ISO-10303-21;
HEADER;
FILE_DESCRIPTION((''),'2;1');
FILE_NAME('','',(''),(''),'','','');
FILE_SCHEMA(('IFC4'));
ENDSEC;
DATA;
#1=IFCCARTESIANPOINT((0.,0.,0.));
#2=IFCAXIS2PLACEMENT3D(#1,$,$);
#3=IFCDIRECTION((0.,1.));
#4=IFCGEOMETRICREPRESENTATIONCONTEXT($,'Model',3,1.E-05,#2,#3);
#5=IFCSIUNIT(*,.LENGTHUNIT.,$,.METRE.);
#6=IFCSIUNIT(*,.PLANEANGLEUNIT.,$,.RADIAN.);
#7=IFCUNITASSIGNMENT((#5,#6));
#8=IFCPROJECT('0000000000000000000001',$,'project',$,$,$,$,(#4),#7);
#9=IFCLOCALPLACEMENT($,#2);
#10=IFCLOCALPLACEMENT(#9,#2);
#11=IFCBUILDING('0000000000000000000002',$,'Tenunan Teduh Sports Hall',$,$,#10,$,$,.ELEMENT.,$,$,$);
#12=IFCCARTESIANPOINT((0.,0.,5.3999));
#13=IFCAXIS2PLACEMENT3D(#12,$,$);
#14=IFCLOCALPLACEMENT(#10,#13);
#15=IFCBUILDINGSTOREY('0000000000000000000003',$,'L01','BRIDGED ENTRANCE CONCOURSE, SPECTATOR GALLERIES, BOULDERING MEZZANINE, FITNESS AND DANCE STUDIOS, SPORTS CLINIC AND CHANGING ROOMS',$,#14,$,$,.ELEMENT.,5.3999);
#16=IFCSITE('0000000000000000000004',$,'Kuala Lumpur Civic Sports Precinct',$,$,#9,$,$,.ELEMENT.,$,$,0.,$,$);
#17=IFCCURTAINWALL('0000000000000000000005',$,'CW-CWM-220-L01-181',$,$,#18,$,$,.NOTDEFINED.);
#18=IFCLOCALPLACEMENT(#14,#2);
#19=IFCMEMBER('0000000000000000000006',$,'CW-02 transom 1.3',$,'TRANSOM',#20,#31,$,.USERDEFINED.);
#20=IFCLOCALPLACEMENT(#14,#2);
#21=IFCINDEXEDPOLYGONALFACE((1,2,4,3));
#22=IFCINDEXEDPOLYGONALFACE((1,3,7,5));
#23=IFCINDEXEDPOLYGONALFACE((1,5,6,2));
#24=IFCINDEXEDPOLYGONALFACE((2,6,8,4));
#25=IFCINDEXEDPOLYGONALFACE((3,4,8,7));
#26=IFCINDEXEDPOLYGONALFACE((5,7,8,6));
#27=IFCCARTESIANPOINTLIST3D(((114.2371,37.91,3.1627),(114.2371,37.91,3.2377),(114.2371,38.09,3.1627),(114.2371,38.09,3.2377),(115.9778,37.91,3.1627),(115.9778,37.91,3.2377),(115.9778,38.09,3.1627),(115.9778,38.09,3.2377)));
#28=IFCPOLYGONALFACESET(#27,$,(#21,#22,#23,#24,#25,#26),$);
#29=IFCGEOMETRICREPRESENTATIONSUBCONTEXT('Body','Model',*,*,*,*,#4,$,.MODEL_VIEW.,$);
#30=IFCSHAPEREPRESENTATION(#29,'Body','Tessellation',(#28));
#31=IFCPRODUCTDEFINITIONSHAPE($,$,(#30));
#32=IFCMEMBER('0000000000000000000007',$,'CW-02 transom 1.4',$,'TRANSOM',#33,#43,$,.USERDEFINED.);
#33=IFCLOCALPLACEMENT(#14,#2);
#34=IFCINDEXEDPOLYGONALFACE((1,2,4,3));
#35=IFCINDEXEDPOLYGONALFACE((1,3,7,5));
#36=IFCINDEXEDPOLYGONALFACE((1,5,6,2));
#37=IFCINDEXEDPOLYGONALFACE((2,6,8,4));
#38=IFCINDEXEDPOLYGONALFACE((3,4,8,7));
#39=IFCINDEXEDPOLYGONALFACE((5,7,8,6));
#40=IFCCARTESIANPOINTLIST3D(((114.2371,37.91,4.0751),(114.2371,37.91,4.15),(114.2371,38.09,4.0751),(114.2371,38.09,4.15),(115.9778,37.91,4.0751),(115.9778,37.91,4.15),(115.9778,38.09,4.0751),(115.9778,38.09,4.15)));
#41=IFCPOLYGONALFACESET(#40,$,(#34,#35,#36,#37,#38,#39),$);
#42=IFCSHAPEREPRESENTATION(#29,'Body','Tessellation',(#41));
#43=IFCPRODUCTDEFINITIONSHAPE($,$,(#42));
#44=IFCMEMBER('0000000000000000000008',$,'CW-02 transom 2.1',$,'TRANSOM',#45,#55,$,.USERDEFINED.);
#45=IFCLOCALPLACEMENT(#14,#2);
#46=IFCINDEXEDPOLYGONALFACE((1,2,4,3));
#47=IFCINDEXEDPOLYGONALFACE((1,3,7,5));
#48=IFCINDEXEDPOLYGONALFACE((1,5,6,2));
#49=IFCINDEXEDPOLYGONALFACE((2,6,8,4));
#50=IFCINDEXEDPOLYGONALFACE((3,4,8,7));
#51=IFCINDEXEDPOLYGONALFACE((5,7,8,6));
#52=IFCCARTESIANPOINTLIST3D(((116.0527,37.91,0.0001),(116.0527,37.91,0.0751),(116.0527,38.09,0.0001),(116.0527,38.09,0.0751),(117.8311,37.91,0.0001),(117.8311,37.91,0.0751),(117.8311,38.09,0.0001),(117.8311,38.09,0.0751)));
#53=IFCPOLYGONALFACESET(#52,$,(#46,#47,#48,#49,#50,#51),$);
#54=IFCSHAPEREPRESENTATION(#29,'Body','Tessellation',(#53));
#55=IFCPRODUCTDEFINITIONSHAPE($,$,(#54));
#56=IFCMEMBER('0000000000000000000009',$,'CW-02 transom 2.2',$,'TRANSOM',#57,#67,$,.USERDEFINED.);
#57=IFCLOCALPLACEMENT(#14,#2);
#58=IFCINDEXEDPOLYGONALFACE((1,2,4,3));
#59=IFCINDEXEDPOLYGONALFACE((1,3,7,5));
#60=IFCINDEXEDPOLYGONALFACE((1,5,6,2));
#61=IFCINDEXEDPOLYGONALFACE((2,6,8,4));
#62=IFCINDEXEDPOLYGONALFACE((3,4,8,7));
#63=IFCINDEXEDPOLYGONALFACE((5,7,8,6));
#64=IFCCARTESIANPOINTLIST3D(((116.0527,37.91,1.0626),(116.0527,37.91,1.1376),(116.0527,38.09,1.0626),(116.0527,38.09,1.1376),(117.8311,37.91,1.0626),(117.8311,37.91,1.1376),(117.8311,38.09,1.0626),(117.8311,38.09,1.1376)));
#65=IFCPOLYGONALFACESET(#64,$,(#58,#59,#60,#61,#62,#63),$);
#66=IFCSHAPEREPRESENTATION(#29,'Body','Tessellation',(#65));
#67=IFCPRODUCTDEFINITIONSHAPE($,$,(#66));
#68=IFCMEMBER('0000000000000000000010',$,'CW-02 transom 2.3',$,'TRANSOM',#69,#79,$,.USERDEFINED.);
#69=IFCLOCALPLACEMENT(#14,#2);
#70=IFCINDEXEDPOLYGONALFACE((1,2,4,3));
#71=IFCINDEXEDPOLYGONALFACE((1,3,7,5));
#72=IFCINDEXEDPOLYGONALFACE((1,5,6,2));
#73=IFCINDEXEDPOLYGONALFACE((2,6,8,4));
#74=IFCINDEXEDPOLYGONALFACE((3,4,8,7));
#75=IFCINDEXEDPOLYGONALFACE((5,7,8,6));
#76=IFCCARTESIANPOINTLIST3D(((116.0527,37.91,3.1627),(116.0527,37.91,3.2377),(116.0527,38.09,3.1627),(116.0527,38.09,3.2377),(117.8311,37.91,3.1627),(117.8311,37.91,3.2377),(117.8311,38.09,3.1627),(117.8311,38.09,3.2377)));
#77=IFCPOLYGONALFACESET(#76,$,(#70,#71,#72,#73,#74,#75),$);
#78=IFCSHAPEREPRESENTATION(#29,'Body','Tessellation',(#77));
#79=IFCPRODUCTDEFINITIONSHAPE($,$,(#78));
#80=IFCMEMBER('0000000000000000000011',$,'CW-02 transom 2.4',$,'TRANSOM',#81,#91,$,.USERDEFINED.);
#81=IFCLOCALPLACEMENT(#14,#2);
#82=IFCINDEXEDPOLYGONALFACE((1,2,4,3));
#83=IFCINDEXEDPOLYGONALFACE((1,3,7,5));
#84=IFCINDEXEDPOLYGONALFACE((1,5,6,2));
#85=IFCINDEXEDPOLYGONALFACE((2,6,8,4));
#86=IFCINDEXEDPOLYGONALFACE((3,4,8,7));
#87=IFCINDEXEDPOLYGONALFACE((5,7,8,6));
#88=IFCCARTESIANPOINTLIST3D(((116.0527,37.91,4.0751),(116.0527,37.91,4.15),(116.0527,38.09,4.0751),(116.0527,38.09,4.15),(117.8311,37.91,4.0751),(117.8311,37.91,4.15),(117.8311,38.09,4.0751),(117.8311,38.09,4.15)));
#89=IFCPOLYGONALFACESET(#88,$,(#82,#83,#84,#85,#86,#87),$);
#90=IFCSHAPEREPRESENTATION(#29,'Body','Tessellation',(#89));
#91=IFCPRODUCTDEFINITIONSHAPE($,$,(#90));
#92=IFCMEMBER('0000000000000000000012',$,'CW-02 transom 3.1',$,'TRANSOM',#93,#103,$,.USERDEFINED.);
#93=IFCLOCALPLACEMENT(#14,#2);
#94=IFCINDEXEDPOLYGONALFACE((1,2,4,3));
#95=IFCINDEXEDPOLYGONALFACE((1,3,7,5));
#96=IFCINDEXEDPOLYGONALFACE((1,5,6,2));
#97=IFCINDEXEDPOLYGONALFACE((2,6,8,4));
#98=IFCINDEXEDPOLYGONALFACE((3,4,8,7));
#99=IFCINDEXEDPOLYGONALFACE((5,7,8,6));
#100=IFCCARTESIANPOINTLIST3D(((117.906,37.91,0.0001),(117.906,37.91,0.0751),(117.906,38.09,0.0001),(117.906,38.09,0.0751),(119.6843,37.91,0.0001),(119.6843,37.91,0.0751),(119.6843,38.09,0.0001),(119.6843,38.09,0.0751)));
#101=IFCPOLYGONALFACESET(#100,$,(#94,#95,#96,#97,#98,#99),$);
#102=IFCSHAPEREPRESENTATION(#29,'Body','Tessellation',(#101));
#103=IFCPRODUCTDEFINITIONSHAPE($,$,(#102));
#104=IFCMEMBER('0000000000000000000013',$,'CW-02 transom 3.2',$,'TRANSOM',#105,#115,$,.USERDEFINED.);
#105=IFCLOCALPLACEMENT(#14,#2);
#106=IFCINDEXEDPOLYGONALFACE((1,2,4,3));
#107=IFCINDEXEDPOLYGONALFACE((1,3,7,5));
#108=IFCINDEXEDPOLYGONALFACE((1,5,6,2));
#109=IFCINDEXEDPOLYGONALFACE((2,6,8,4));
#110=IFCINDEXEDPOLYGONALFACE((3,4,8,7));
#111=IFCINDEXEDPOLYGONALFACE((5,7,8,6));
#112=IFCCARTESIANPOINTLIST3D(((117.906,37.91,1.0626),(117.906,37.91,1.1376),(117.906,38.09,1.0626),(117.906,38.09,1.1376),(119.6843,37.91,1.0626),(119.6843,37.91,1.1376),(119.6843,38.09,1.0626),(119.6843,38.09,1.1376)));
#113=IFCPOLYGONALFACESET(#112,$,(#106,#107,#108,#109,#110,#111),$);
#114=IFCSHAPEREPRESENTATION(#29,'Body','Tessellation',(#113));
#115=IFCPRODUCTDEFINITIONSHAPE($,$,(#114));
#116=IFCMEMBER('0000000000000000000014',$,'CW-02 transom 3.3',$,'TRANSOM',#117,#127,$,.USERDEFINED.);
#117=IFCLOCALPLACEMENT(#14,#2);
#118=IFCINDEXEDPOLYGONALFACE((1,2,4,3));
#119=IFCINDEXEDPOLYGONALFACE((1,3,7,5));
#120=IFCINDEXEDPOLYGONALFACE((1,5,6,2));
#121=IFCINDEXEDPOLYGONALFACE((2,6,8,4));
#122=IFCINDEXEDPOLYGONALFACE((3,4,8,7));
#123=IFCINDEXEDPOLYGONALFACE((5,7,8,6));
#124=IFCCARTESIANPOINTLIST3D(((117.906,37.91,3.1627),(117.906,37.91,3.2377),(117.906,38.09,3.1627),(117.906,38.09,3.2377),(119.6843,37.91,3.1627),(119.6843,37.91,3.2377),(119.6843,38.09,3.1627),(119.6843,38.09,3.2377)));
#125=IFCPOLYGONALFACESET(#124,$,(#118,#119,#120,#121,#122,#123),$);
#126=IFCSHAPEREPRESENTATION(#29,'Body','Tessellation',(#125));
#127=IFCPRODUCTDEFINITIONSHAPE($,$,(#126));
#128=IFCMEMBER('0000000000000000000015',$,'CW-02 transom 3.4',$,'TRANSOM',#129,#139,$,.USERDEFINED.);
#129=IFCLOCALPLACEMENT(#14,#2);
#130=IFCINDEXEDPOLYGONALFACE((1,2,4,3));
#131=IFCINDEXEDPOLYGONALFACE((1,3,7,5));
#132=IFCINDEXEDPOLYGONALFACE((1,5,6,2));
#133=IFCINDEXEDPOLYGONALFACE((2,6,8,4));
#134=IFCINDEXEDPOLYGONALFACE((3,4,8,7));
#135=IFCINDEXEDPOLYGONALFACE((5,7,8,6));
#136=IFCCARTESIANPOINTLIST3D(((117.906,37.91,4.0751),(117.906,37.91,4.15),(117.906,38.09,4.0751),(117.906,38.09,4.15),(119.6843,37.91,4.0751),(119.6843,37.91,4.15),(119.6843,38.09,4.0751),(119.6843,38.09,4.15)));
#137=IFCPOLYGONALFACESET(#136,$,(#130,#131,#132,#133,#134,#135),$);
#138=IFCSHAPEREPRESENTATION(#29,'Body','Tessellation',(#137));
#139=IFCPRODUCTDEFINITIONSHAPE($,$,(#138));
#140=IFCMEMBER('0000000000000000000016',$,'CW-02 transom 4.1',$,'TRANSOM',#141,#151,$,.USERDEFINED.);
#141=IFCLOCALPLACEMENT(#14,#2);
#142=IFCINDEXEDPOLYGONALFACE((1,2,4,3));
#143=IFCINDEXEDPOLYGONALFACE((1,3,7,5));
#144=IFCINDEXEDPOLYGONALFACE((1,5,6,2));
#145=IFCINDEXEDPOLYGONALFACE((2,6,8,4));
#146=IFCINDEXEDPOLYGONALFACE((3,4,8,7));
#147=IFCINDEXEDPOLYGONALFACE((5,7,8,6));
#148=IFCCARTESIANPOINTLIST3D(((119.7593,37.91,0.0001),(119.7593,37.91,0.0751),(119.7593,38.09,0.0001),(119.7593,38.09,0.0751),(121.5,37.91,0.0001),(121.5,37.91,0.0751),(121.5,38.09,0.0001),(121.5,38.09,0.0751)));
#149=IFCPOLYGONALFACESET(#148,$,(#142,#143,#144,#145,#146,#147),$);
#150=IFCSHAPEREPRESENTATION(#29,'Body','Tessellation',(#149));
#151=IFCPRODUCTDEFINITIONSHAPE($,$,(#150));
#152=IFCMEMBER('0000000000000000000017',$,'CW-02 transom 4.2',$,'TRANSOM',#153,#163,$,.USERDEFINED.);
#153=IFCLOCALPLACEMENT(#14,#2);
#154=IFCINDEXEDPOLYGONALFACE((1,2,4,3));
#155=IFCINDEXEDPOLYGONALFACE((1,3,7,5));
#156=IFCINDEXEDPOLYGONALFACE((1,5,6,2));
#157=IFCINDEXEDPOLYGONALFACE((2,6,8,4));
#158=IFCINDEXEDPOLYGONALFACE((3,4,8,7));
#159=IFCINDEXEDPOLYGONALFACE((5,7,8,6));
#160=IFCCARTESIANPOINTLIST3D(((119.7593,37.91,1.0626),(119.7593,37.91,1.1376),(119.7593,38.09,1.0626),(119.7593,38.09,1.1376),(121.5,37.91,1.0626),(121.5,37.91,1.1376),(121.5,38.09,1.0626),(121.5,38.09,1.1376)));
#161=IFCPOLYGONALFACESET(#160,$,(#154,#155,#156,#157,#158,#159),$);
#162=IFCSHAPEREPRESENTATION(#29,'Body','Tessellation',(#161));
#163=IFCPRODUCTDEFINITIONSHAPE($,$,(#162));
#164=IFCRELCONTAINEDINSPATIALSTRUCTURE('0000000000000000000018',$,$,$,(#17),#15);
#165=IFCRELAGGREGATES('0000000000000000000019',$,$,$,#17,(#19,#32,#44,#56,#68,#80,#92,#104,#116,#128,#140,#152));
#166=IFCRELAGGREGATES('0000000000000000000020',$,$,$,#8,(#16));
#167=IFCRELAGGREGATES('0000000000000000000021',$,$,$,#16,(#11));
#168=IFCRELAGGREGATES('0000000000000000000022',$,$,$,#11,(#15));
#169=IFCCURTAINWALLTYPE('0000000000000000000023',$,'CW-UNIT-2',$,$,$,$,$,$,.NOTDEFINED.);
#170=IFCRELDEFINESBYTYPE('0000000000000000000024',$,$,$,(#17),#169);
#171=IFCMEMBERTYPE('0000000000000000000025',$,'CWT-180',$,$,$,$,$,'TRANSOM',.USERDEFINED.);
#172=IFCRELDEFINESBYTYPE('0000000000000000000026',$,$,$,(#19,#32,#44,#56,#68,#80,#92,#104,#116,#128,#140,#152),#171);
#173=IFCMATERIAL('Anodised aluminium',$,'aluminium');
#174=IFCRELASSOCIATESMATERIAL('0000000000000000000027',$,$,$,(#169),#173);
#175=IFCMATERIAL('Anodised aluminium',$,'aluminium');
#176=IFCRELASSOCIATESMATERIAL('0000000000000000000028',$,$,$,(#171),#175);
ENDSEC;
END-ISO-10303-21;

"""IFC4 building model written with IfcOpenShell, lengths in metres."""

from ifc_helpers import new_model, si_unit, direction, frame, origin, origin_2d, place, context, subcontext, project, spatial, rectangle, extrude, material, material_profile, profile_set, type_object, element, aggregate, save


model = new_model("IFC4")

# Units and contexts
model_context = context("Model", 3, precision=1e-05, world=origin(), true_north=direction((0.0, 1.0)))
body_context = subcontext(model_context, "Body", "Model", "MODEL_VIEW")
ifc_project = project(units=[si_unit("LENGTHUNIT", "METRE"), si_unit("PLANEANGLEUNIT", "RADIAN")], contexts=[model_context])

# Site, building, storey
site_placement = place(None, origin())
site = spatial("IfcSite", under=ifc_project, at=site_placement, Name="Kuala Lumpur Civic Sports Precinct", CompositionType="ELEMENT", RefElevation=0.0)
building_placement = place(site_placement, origin())
building = spatial("IfcBuilding", under=site, at=building_placement, Name="Tenunan Teduh Sports Hall", CompositionType="ELEMENT")
storey_placement = place(building_placement, frame((0.0, 0.0, 5.3999)))
storey = spatial("IfcBuildingStorey", under=building, at=storey_placement, Name="L01", Description="BRIDGED ENTRANCE CONCOURSE, SPECTATOR GALLERIES, BOULDERING MEZZANINE, FITNESS AND DANCE STUDIOS, SPORTS CLINIC AND CHANGING ROOMS", CompositionType="ELEMENT", Elevation=5.3999)

# Shared definitions
ifc_material_1 = material(Name="Anodised aluminium", Category="aluminium")
curtain_wall_type = type_object("IfcCurtainWallType", Name="CW-UNIT-2", PredefinedType="NOTDEFINED", material=ifc_material_1)

# Curtain wall, members
curtain_wall_1_placement = place(storey_placement, origin())
curtain_wall_1 = element("IfcCurtainWall", 1, at=curtain_wall_1_placement, inside=storey, type_object=curtain_wall_type, Name="CW-CWM-220-L01-181", PredefinedType="NOTDEFINED")
ifc_material_2 = material(Name="Anodised aluminium", Category="aluminium")
ifc_material_profile_1 = material_profile(ifc_material_2, rectangle(XDim=0.075, YDim=0.1799, at=origin_2d()), Name="CWT 75x180")
ifc_profile_set_1 = profile_set([ifc_material_profile_1], Name="Anodised aluminium")
member_type_1 = type_object("IfcMemberType", Name="CWT-180", ElementType="TRANSOM", PredefinedType="USERDEFINED", material=ifc_profile_set_1)
member_1_placement = place(storey_placement, frame((114.2371, 38.0, 3.2002), z_axis=(1.0, 0.0, 0.0), x_axis=(0.0, 0.0, 1.0)))
member_1 = element("IfcMember", 2, at=member_1_placement, type_object=member_type_1, Name="CW-02 transom 1.3", ObjectType="TRANSOM", PredefinedType="USERDEFINED", context=body_context, shape_type="SweptSolid", body=[
    extrude(rectangle(XDim=0.075, YDim=0.1799, at=origin_2d()), origin(), (0.0, 0.0, 1.0), 1.7407),
])
member_2_placement = place(storey_placement, frame((114.2371, 38.0, 4.1125), z_axis=(1.0, 0.0, 0.0), x_axis=(0.0, 0.0, 1.0)))
member_2 = element("IfcMember", 3, at=member_2_placement, type_object=member_type_1, Name="CW-02 transom 1.4", ObjectType="TRANSOM", PredefinedType="USERDEFINED", context=body_context, shape_type="SweptSolid", body=[
    extrude(rectangle(XDim=0.075, YDim=0.1799, at=origin_2d()), origin(), (0.0, 0.0, 1.0), 1.7407),
])
member_3_placement = place(storey_placement, frame((116.0527, 38.0, 0.0376), z_axis=(1.0, 0.0, 0.0), x_axis=(0.0, 0.0, 1.0)))
member_3 = element("IfcMember", 4, at=member_3_placement, type_object=member_type_1, Name="CW-02 transom 2.1", ObjectType="TRANSOM", PredefinedType="USERDEFINED", context=body_context, shape_type="SweptSolid", body=[
    extrude(rectangle(XDim=0.075, YDim=0.1799, at=origin_2d()), origin(), (0.0, 0.0, 1.0), 1.7783),
])
member_4_placement = place(storey_placement, frame((116.0527, 38.0, 1.1001), z_axis=(1.0, 0.0, 0.0), x_axis=(0.0, 0.0, 1.0)))
member_4 = element("IfcMember", 5, at=member_4_placement, type_object=member_type_1, Name="CW-02 transom 2.2", ObjectType="TRANSOM", PredefinedType="USERDEFINED", context=body_context, shape_type="SweptSolid", body=[
    extrude(rectangle(XDim=0.075, YDim=0.1799, at=origin_2d()), origin(), (0.0, 0.0, 1.0), 1.7783),
])
member_5_placement = place(storey_placement, frame((116.0527, 38.0, 3.2002), z_axis=(1.0, 0.0, 0.0), x_axis=(0.0, 0.0, 1.0)))
member_5 = element("IfcMember", 6, at=member_5_placement, type_object=member_type_1, Name="CW-02 transom 2.3", ObjectType="TRANSOM", PredefinedType="USERDEFINED", context=body_context, shape_type="SweptSolid", body=[
    extrude(rectangle(XDim=0.075, YDim=0.1799, at=origin_2d()), origin(), (0.0, 0.0, 1.0), 1.7783),
])
member_6_placement = place(storey_placement, frame((116.0527, 38.0, 4.1125), z_axis=(1.0, 0.0, 0.0), x_axis=(0.0, 0.0, 1.0)))
member_6 = element("IfcMember", 7, at=member_6_placement, type_object=member_type_1, Name="CW-02 transom 2.4", ObjectType="TRANSOM", PredefinedType="USERDEFINED", context=body_context, shape_type="SweptSolid", body=[
    extrude(rectangle(XDim=0.075, YDim=0.1799, at=origin_2d()), origin(), (0.0, 0.0, 1.0), 1.7783),
])
member_7_placement = place(storey_placement, frame((117.906, 38.0, 0.0376), z_axis=(1.0, 0.0, 0.0), x_axis=(0.0, 0.0, 1.0)))
member_7 = element("IfcMember", 8, at=member_7_placement, type_object=member_type_1, Name="CW-02 transom 3.1", ObjectType="TRANSOM", PredefinedType="USERDEFINED", context=body_context, shape_type="SweptSolid", body=[
    extrude(rectangle(XDim=0.075, YDim=0.1799, at=origin_2d()), origin(), (0.0, 0.0, 1.0), 1.7783),
])
member_8_placement = place(storey_placement, frame((117.906, 38.0, 1.1001), z_axis=(1.0, 0.0, 0.0), x_axis=(0.0, 0.0, 1.0)))
member_8 = element("IfcMember", 9, at=member_8_placement, type_object=member_type_1, Name="CW-02 transom 3.2", ObjectType="TRANSOM", PredefinedType="USERDEFINED", context=body_context, shape_type="SweptSolid", body=[
    extrude(rectangle(XDim=0.075, YDim=0.1799, at=origin_2d()), origin(), (0.0, 0.0, 1.0), 1.7783),
])
member_9_placement = place(storey_placement, frame((117.906, 38.0, 3.2002), z_axis=(1.0, 0.0, 0.0), x_axis=(0.0, 0.0, 1.0)))
member_9 = element("IfcMember", 10, at=member_9_placement, type_object=member_type_1, Name="CW-02 transom 3.3", ObjectType="TRANSOM", PredefinedType="USERDEFINED", context=body_context, shape_type="SweptSolid", body=[
    extrude(rectangle(XDim=0.075, YDim=0.1799, at=origin_2d()), origin(), (0.0, 0.0, 1.0), 1.7783),
])
member_10_placement = place(storey_placement, frame((117.906, 38.0, 4.1125), z_axis=(1.0, 0.0, 0.0), x_axis=(0.0, 0.0, 1.0)))
member_10 = element("IfcMember", 11, at=member_10_placement, type_object=member_type_1, Name="CW-02 transom 3.4", ObjectType="TRANSOM", PredefinedType="USERDEFINED", context=body_context, shape_type="SweptSolid", body=[
    extrude(rectangle(XDim=0.075, YDim=0.1799, at=origin_2d()), origin(), (0.0, 0.0, 1.0), 1.7783),
])
member_11_placement = place(storey_placement, frame((119.7593, 38.0, 0.0376), z_axis=(1.0, 0.0, 0.0), x_axis=(0.0, 0.0, 1.0)))
member_11 = element("IfcMember", 12, at=member_11_placement, type_object=member_type_1, Name="CW-02 transom 4.1", ObjectType="TRANSOM", PredefinedType="USERDEFINED", context=body_context, shape_type="SweptSolid", body=[
    extrude(rectangle(XDim=0.075, YDim=0.1799, at=origin_2d()), origin(), (0.0, 0.0, 1.0), 1.7407),
])
member_12_placement = place(storey_placement, frame((119.7593, 38.0, 1.1001), z_axis=(1.0, 0.0, 0.0), x_axis=(0.0, 0.0, 1.0)))
member_12 = element("IfcMember", 13, at=member_12_placement, type_object=member_type_1, Name="CW-02 transom 4.2", ObjectType="TRANSOM", PredefinedType="USERDEFINED", context=body_context, shape_type="SweptSolid", body=[
    extrude(rectangle(XDim=0.075, YDim=0.1799, at=origin_2d()), origin(), (0.0, 0.0, 1.0), 1.7407),
])

aggregate(curtain_wall_1, [member_1, member_2, member_3, member_4, member_5, member_6, member_7, member_8, member_9, member_10, member_11, member_12])

save(model, "model.ifc")
